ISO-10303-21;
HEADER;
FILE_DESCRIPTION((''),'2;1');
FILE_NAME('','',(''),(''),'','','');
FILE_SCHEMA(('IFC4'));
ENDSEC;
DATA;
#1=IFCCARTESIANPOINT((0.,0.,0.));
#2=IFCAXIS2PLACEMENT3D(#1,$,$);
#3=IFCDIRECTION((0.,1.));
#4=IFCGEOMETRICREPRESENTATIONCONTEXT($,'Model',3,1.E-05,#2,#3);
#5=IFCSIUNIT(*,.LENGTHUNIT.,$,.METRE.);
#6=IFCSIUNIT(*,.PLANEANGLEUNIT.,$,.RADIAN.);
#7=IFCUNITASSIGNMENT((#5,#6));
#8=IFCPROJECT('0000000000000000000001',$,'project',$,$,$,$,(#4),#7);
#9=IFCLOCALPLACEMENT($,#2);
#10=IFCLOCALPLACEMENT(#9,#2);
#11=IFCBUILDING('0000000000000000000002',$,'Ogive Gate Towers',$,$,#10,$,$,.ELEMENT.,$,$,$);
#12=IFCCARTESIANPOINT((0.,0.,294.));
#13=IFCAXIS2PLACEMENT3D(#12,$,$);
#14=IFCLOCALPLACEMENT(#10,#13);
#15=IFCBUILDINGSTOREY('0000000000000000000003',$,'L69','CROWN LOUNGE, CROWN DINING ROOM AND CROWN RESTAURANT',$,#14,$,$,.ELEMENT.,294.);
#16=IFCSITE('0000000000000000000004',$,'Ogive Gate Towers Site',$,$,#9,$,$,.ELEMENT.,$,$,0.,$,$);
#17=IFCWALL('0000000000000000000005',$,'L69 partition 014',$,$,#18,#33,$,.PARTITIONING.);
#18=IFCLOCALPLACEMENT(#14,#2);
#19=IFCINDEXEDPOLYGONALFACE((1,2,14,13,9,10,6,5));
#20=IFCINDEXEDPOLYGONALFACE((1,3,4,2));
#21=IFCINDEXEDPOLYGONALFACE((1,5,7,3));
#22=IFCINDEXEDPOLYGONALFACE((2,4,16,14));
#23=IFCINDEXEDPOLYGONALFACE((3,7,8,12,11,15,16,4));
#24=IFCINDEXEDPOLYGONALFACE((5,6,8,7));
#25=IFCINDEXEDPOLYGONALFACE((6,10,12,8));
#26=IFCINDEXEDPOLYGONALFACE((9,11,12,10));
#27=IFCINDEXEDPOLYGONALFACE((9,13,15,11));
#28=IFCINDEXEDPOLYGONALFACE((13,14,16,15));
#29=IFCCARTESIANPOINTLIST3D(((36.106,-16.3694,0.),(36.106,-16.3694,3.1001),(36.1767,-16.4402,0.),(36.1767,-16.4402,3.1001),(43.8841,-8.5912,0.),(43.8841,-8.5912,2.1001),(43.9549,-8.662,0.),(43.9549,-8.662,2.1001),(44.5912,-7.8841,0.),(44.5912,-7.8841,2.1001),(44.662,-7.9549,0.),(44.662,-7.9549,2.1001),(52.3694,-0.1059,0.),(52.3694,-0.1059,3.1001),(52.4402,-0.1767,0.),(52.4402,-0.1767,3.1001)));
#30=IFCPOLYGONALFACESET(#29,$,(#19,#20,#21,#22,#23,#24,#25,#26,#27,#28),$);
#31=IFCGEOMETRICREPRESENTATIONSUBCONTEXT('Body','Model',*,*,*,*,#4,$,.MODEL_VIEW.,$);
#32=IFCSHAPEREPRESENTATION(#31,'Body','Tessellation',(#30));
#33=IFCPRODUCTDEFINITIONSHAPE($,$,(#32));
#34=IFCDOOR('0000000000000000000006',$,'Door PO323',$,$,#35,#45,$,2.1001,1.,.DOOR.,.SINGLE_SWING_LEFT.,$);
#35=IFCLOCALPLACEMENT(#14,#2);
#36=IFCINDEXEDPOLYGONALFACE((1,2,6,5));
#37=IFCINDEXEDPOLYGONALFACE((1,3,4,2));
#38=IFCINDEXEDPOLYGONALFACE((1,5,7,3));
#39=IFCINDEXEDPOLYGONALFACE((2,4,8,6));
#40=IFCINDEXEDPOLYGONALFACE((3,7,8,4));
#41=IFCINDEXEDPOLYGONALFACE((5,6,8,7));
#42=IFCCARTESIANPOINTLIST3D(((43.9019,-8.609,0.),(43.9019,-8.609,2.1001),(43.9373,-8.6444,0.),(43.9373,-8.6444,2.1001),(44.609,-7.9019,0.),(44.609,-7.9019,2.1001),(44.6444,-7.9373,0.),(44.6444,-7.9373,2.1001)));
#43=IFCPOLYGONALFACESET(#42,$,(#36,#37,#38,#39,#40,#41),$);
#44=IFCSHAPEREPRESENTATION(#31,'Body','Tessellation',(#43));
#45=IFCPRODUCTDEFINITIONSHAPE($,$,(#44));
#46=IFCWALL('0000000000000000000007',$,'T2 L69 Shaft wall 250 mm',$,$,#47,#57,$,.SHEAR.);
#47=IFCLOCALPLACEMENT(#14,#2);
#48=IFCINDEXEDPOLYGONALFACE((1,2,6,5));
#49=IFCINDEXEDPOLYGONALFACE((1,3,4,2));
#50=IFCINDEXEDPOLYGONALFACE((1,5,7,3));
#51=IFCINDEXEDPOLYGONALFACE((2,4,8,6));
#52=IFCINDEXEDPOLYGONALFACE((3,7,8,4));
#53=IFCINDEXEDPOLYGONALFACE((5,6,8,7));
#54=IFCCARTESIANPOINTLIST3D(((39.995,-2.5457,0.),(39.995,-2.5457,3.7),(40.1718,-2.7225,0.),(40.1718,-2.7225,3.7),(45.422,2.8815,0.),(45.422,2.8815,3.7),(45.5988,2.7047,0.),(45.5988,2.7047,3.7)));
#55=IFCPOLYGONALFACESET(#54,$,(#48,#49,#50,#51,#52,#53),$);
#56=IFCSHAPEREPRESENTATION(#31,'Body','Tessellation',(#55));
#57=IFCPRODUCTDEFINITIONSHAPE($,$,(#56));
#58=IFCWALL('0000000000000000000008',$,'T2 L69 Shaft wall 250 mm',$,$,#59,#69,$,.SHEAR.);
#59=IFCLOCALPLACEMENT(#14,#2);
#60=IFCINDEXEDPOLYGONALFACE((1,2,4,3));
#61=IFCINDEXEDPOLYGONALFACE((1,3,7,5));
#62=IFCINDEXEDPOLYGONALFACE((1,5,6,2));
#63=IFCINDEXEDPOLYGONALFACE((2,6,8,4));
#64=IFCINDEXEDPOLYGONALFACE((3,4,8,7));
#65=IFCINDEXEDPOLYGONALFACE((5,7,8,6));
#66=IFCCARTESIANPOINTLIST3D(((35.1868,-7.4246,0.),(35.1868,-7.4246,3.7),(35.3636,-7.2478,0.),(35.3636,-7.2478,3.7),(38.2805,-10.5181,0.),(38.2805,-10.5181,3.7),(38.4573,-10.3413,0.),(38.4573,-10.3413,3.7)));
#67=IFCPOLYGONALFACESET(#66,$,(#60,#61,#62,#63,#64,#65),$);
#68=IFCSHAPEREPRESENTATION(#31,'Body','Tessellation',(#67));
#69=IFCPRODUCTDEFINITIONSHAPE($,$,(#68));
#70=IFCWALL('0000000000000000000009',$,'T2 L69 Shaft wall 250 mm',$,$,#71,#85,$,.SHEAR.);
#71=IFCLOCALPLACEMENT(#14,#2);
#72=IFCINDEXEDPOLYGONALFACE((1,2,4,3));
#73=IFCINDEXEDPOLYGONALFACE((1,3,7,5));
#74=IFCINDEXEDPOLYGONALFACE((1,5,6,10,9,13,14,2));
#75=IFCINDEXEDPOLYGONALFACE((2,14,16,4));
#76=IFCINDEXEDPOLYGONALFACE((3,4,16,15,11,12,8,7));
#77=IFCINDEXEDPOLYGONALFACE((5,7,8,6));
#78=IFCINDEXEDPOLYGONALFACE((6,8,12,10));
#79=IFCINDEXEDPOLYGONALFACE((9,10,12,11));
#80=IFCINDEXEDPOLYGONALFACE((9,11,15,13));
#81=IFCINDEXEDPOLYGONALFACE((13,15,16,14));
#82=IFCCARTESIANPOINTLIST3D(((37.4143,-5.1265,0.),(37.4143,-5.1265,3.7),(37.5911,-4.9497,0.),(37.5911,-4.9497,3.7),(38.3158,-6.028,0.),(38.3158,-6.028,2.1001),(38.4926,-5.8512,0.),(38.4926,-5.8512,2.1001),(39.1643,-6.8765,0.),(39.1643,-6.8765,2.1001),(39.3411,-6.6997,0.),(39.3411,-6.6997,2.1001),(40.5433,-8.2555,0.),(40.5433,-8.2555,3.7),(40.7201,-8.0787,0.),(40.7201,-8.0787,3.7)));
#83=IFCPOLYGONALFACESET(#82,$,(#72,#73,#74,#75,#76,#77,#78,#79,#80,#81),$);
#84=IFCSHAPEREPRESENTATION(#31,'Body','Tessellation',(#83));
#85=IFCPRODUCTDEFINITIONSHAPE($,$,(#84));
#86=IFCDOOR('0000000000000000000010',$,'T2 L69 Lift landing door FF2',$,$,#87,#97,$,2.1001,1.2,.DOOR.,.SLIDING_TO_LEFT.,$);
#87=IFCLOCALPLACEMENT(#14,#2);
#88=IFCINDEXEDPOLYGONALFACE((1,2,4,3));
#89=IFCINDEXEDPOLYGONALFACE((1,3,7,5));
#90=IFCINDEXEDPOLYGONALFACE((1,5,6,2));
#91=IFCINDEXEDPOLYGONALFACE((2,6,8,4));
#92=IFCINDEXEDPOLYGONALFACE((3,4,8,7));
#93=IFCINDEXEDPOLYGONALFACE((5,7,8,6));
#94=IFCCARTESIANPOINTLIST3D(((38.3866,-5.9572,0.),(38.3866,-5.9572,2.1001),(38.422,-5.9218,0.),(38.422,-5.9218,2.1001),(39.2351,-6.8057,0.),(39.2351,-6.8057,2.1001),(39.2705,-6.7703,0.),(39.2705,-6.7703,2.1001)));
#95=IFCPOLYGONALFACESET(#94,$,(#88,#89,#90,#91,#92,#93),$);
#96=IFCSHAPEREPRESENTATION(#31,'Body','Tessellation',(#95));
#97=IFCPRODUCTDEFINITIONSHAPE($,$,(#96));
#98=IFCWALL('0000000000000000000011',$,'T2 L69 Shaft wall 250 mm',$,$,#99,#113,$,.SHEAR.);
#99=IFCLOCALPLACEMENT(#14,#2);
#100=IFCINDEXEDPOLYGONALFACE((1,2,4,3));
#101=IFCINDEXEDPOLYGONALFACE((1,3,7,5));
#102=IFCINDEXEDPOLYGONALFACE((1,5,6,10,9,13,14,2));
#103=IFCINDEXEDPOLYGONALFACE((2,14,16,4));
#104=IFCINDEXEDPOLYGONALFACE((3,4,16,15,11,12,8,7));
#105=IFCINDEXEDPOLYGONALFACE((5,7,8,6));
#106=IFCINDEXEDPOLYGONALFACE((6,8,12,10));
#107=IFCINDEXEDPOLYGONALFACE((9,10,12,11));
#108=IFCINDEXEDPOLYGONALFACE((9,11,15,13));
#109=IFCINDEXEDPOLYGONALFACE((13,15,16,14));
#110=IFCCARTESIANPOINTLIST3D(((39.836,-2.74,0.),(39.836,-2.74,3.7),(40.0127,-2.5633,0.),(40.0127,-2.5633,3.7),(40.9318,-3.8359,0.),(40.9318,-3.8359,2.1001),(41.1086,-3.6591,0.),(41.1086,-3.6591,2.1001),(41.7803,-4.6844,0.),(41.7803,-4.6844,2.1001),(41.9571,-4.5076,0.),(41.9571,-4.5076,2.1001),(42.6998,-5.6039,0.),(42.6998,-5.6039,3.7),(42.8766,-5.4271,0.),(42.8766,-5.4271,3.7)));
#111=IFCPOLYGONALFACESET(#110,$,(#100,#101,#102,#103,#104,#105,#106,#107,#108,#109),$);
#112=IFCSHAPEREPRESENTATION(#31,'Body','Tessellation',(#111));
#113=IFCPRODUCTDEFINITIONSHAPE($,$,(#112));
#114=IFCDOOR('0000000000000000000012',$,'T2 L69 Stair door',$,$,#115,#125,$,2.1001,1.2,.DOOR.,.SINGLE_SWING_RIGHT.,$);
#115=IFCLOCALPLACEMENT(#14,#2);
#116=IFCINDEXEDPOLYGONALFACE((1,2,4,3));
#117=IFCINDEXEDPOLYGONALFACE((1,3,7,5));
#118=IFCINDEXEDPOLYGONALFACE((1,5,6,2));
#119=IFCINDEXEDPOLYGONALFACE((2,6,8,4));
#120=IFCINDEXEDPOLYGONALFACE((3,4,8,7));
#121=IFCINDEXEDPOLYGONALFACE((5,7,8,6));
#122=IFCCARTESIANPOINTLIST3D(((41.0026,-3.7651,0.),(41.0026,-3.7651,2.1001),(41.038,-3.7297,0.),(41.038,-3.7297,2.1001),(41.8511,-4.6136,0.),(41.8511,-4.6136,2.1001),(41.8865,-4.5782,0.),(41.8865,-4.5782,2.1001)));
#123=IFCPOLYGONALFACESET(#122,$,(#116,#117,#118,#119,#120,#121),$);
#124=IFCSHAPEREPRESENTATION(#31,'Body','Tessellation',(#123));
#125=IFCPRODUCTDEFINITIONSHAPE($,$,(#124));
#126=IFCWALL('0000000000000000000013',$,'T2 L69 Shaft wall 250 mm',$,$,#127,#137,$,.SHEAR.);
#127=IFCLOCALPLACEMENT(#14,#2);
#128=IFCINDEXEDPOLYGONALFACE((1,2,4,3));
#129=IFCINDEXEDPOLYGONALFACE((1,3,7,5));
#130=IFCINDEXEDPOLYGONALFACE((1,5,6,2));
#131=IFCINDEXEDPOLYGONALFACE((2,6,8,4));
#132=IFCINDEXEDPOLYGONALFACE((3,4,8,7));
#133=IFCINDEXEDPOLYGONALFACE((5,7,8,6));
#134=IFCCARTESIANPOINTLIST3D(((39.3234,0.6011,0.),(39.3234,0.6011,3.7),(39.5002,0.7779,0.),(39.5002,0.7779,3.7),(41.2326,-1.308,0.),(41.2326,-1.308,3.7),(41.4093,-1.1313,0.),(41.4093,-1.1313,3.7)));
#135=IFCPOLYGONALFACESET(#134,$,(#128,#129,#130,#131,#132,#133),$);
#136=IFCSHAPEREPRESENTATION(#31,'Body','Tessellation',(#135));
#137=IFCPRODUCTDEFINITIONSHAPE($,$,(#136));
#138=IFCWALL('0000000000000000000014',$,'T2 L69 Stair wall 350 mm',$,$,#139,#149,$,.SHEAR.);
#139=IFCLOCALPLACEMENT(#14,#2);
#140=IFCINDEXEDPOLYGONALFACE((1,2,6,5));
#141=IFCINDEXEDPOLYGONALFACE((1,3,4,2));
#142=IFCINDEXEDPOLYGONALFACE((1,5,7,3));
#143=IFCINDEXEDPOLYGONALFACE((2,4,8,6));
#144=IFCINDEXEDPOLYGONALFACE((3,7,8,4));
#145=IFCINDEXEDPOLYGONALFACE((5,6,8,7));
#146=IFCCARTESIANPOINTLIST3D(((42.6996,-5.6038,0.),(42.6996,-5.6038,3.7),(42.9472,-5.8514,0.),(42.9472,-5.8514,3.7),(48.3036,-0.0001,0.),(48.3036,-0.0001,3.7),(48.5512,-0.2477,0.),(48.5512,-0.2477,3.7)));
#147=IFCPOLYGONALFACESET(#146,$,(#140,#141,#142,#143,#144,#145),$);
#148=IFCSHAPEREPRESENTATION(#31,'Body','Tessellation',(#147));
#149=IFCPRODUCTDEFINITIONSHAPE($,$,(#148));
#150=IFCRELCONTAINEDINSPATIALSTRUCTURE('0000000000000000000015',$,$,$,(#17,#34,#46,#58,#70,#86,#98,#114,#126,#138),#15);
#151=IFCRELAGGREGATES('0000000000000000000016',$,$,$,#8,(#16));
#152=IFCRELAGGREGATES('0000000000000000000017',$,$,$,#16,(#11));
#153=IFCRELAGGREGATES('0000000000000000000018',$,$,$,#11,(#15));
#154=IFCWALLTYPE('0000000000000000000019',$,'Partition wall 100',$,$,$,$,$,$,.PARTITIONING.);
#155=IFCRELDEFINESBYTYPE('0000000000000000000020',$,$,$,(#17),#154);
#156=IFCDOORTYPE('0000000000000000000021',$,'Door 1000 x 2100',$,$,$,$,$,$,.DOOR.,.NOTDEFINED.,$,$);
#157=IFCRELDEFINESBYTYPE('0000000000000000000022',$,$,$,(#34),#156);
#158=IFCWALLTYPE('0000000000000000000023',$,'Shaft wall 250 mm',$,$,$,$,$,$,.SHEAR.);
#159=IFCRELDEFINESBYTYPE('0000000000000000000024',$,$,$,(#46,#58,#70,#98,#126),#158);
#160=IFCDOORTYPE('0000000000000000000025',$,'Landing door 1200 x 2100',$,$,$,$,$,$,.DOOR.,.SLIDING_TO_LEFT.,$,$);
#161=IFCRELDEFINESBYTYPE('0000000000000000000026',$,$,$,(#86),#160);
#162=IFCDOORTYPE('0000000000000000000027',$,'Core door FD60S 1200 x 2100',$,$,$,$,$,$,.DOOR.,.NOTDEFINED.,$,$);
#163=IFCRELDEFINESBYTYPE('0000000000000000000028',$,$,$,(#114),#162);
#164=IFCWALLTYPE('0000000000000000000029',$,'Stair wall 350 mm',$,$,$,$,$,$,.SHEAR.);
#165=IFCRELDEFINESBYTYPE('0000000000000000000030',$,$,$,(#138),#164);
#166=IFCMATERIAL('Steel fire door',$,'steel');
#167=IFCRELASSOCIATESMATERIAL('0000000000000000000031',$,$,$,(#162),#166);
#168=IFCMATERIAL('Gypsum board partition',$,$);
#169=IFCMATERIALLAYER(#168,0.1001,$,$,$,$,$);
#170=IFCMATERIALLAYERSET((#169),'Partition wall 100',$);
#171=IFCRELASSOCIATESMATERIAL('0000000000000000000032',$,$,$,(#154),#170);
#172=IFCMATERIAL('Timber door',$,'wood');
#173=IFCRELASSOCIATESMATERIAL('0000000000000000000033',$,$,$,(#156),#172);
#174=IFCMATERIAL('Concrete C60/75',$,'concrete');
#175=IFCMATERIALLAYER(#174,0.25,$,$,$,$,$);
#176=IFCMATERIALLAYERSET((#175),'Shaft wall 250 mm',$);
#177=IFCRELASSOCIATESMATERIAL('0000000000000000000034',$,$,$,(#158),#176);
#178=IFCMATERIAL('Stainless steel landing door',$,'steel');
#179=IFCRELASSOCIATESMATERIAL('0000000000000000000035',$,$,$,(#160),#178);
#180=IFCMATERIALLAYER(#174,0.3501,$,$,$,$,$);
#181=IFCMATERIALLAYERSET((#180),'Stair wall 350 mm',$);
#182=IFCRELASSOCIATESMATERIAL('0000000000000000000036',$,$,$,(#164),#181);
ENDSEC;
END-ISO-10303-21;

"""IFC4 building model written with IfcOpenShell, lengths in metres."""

from ifc_helpers import new_model, si_unit, direction, frame, frame_2d, origin, place, context, subcontext, project, spatial, rectangle, extrude, material, layer, layer_set, type_object, element, fill, save


model = new_model("IFC4")

# Units and contexts
model_context = context("Model", 3, precision=1e-05, world=origin(), true_north=direction((0.0, 1.0)))
body_context = subcontext(model_context, "Body", "Model", "MODEL_VIEW")
ifc_project = project(units=[si_unit("LENGTHUNIT", "METRE"), si_unit("PLANEANGLEUNIT", "RADIAN")], contexts=[model_context])

# Site, building, storey
site_placement = place(None, origin())
site = spatial("IfcSite", under=ifc_project, at=site_placement, Name="Ogive Gate Towers Site", CompositionType="ELEMENT", RefElevation=0.0)
building_placement = place(site_placement, origin())
building = spatial("IfcBuilding", under=site, at=building_placement, Name="Ogive Gate Towers", CompositionType="ELEMENT")
storey_placement = place(building_placement, frame((0.0, 0.0, 294.0)))
storey = spatial("IfcBuildingStorey", under=building, at=storey_placement, Name="L69", Description="CROWN LOUNGE, CROWN DINING ROOM AND CROWN RESTAURANT", CompositionType="ELEMENT", Elevation=294.0)

# Shared definitions
ifc_material_1 = material(Name="Concrete C60/75", Category="concrete")
ifc_material_2 = material(Name="Timber door", Category="wood")
ifc_material_3 = material(Name="Steel fire door", Category="steel")
door_type_1 = type_object("IfcDoorType", Name="Core door FD60S 1200 x 2100", OperationType="NOTDEFINED", PredefinedType="DOOR", material=ifc_material_3)

# Shared definitions
ifc_material_4 = material(Name="Gypsum board partition")
ifc_layer_1 = layer(ifc_material_4, 0.1001)
ifc_layer_set_1 = layer_set([ifc_layer_1], Name="Partition wall 100")
wall_type_1 = type_object("IfcWallType", Name="Partition wall 100", PredefinedType="PARTITIONING", material=ifc_layer_set_1)

# Wall, opening, door
wall_1_placement = place(storey_placement, frame((36.1414, -16.4048, 0.0), z_axis=(0.0, 0.0, 1.0), x_axis=(0.707107, 0.707107, 0.0)))
wall_1 = element("IfcWall", 1, at=wall_1_placement, inside=storey, type_object=wall_type_1, Name="L69 partition 014", PredefinedType="PARTITIONING", context=body_context, shape_type="SweptSolid", body=[
    extrude(rectangle(XDim=23.0, YDim=0.1001, at=frame_2d((11.5, 0.0))), origin(), (0.0, 0.0, 1.0), 3.1001),
])
opening_1_placement = place(wall_1_placement, frame((11.0, 0.0, 0.0)))
opening_1 = element("IfcOpeningElement", 2, at=opening_1_placement, cuts=wall_1, PredefinedType="OPENING", context=body_context, shape_type="SweptSolid", body=[
    extrude(rectangle(XDim=1.0, YDim=2.1001, at=frame_2d((0.5, 1.05))), frame((0.0, 0.0601, 0.0), z_axis=(0.0, -1.0, 0.0), x_axis=(1.0, 0.0, 0.0)), (0.0, 0.0, 1.0), 0.1201),
])
door_type_2 = type_object("IfcDoorType", Name="Door 1000 x 2100", OperationType="NOTDEFINED", PredefinedType="DOOR", material=ifc_material_2)
door_1_placement = place(opening_1_placement, origin())
door_1 = element("IfcDoor", 3, at=door_1_placement, inside=storey, type_object=door_type_2, Name="Door PO323", OperationType="SINGLE_SWING_LEFT", OverallHeight=2.1001, OverallWidth=1.0, PredefinedType="DOOR", context=body_context, shape_type="SweptSolid", body=[
    extrude(rectangle(XDim=1.0, YDim=2.1001, at=frame_2d((0.5, 1.05))), frame((0.0, 0.0249, 0.0), z_axis=(0.0, -1.0, 0.0), x_axis=(1.0, 0.0, 0.0)), (0.0, 0.0, 1.0), 0.05),
])
fill(opening_1, door_1)

# Walls
ifc_layer_2 = layer(ifc_material_1, 0.25)
ifc_layer_set_2 = layer_set([ifc_layer_2], Name="Shaft wall 250 mm")
wall_type_2 = type_object("IfcWallType", Name="Shaft wall 250 mm", PredefinedType="SHEAR", material=ifc_layer_set_2)
wall_2_placement = place(storey_placement, frame((40.0835, -2.634, 0.0), z_axis=(0.0, 0.0, 1.0), x_axis=(0.707091, 0.707123, 0.0)))
element("IfcWall", 4, at=wall_2_placement, inside=storey, type_object=wall_type_2, Name="T2 L69 Shaft wall 250 mm", PredefinedType="SHEAR", context=body_context, shape_type="SweptSolid", body=[
    extrude(rectangle(XDim=7.675, YDim=0.25, at=frame_2d((3.8374, 0.0))), origin(), (0.0, 0.0, 1.0), 3.7),
])
wall_3_placement = place(storey_placement, frame((38.3689, -10.4297, 0.0), z_axis=(0.0, 0.0, 1.0), x_axis=(-0.707135, 0.707079, 0.0)))
element("IfcWall", 5, at=wall_3_placement, inside=storey, type_object=wall_type_2, Name="T2 L69 Shaft wall 250 mm", PredefinedType="SHEAR", context=body_context, shape_type="SweptSolid", body=[
    extrude(rectangle(XDim=4.375, YDim=0.25, at=frame_2d((2.1875, 0.0))), origin(), (0.0, 0.0, 1.0), 3.7),
])

# Walls, openings, doors
wall_4_placement = place(storey_placement, frame((40.6316, -8.167, 0.0), z_axis=(0.0, 0.0, 1.0), x_axis=(-0.707107, 0.707107, 0.0)))
wall_4 = element("IfcWall", 6, at=wall_4_placement, inside=storey, type_object=wall_type_2, Name="T2 L69 Shaft wall 250 mm", PredefinedType="SHEAR", context=body_context, shape_type="SweptSolid", body=[
    extrude(rectangle(XDim=4.425, YDim=0.25, at=frame_2d((2.2124, 0.0))), origin(), (0.0, 0.0, 1.0), 3.7),
])
opening_2_placement = place(wall_4_placement, frame((1.95, 0.0, 0.0)))
opening_2 = element("IfcOpeningElement", 7, at=opening_2_placement, cuts=wall_4, PredefinedType="OPENING", context=body_context, shape_type="SweptSolid", body=[
    extrude(rectangle(XDim=1.2, YDim=2.1001, at=frame_2d((0.6001, 1.05))), frame((0.0, 0.135, 0.0), z_axis=(0.0, -1.0, 0.0), x_axis=(1.0, 0.0, 0.0)), (0.0, 0.0, 1.0), 0.27),
])
ifc_material_5 = material(Name="Stainless steel landing door", Category="steel")
door_type_3 = type_object("IfcDoorType", Name="Landing door 1200 x 2100", OperationType="SLIDING_TO_LEFT", PredefinedType="DOOR", material=ifc_material_5)
door_2_placement = place(opening_2_placement, origin())
door_2 = element("IfcDoor", 8, at=door_2_placement, inside=storey, type_object=door_type_3, Name="T2 L69 Lift landing door FF2", OperationType="SLIDING_TO_LEFT", OverallHeight=2.1001, OverallWidth=1.2, PredefinedType="DOOR", context=body_context, shape_type="SweptSolid", body=[
    extrude(rectangle(XDim=1.2, YDim=2.1001, at=frame_2d((0.6001, 1.05))), frame((0.0, 0.0249, 0.0), z_axis=(0.0, -1.0, 0.0), x_axis=(1.0, 0.0, 0.0)), (0.0, 0.0, 1.0), 0.05),
])
fill(opening_2, door_2)
wall_5_placement = place(storey_placement, frame((42.7881, -5.5154, 0.0), z_axis=(0.0, 0.0, 1.0), x_axis=(-0.707107, 0.707107, 0.0)))
wall_5 = element("IfcWall", 9, at=wall_5_placement, inside=storey, type_object=wall_type_2, Name="T2 L69 Shaft wall 250 mm", PredefinedType="SHEAR", context=body_context, shape_type="SweptSolid", body=[
    extrude(rectangle(XDim=4.05, YDim=0.25, at=frame_2d((2.0249, 0.0))), origin(), (0.0, 0.0, 1.0), 3.7),
])
opening_3_placement = place(wall_5_placement, frame((1.3, 0.0, 0.0)))
opening_3 = element("IfcOpeningElement", 10, at=opening_3_placement, cuts=wall_5, PredefinedType="OPENING", context=body_context, shape_type="SweptSolid", body=[
    extrude(rectangle(XDim=1.2, YDim=2.1001, at=frame_2d((0.6001, 1.05))), frame((0.0, 0.135, 0.0), z_axis=(0.0, -1.0, 0.0), x_axis=(1.0, 0.0, 0.0)), (0.0, 0.0, 1.0), 0.27),
])
door_3_placement = place(opening_3_placement, origin())
door_3 = element("IfcDoor", 11, at=door_3_placement, inside=storey, type_object=door_type_1, Name="T2 L69 Stair door", OperationType="SINGLE_SWING_RIGHT", OverallHeight=2.1001, OverallWidth=1.2, PredefinedType="DOOR", context=body_context, shape_type="SweptSolid", body=[
    extrude(rectangle(XDim=1.2, YDim=2.1001, at=frame_2d((0.6001, 1.05))), frame((0.0, 0.0249, 0.0), z_axis=(0.0, -1.0, 0.0), x_axis=(1.0, 0.0, 0.0)), (0.0, 0.0, 1.0), 0.05),
])
fill(opening_3, door_3)

# Walls
wall_6_placement = place(storey_placement, frame((41.321, -1.2197, 0.0), z_axis=(0.0, 0.0, 1.0), x_axis=(-0.707107, 0.707107, 0.0)))
element("IfcWall", 12, at=wall_6_placement, inside=storey, type_object=wall_type_2, Name="T2 L69 Shaft wall 250 mm", PredefinedType="SHEAR", context=body_context, shape_type="SweptSolid", body=[
    extrude(rectangle(XDim=2.7, YDim=0.25, at=frame_2d((1.3501, 0.0))), origin(), (0.0, 0.0, 1.0), 3.7),
])
ifc_layer_3 = layer(ifc_material_1, 0.3501)
ifc_layer_set_3 = layer_set([ifc_layer_3], Name="Stair wall 350 mm")
wall_type_3 = type_object("IfcWallType", Name="Stair wall 350 mm", PredefinedType="SHEAR", material=ifc_layer_set_3)
wall_7_placement = place(storey_placement, frame((42.8235, -5.7275, 0.0), z_axis=(0.0, 0.0, 1.0), x_axis=(0.707122, 0.707091, 0.0)))
element("IfcWall", 13, at=wall_7_placement, inside=storey, type_object=wall_type_3, Name="T2 L69 Stair wall 350 mm", PredefinedType="SHEAR", context=body_context, shape_type="SweptSolid", body=[
    extrude(rectangle(XDim=7.925, YDim=0.3501, at=frame_2d((3.9624, 0.0))), origin(), (0.0, 0.0, 1.0), 3.7),
])

save(model, "model.ifc")
